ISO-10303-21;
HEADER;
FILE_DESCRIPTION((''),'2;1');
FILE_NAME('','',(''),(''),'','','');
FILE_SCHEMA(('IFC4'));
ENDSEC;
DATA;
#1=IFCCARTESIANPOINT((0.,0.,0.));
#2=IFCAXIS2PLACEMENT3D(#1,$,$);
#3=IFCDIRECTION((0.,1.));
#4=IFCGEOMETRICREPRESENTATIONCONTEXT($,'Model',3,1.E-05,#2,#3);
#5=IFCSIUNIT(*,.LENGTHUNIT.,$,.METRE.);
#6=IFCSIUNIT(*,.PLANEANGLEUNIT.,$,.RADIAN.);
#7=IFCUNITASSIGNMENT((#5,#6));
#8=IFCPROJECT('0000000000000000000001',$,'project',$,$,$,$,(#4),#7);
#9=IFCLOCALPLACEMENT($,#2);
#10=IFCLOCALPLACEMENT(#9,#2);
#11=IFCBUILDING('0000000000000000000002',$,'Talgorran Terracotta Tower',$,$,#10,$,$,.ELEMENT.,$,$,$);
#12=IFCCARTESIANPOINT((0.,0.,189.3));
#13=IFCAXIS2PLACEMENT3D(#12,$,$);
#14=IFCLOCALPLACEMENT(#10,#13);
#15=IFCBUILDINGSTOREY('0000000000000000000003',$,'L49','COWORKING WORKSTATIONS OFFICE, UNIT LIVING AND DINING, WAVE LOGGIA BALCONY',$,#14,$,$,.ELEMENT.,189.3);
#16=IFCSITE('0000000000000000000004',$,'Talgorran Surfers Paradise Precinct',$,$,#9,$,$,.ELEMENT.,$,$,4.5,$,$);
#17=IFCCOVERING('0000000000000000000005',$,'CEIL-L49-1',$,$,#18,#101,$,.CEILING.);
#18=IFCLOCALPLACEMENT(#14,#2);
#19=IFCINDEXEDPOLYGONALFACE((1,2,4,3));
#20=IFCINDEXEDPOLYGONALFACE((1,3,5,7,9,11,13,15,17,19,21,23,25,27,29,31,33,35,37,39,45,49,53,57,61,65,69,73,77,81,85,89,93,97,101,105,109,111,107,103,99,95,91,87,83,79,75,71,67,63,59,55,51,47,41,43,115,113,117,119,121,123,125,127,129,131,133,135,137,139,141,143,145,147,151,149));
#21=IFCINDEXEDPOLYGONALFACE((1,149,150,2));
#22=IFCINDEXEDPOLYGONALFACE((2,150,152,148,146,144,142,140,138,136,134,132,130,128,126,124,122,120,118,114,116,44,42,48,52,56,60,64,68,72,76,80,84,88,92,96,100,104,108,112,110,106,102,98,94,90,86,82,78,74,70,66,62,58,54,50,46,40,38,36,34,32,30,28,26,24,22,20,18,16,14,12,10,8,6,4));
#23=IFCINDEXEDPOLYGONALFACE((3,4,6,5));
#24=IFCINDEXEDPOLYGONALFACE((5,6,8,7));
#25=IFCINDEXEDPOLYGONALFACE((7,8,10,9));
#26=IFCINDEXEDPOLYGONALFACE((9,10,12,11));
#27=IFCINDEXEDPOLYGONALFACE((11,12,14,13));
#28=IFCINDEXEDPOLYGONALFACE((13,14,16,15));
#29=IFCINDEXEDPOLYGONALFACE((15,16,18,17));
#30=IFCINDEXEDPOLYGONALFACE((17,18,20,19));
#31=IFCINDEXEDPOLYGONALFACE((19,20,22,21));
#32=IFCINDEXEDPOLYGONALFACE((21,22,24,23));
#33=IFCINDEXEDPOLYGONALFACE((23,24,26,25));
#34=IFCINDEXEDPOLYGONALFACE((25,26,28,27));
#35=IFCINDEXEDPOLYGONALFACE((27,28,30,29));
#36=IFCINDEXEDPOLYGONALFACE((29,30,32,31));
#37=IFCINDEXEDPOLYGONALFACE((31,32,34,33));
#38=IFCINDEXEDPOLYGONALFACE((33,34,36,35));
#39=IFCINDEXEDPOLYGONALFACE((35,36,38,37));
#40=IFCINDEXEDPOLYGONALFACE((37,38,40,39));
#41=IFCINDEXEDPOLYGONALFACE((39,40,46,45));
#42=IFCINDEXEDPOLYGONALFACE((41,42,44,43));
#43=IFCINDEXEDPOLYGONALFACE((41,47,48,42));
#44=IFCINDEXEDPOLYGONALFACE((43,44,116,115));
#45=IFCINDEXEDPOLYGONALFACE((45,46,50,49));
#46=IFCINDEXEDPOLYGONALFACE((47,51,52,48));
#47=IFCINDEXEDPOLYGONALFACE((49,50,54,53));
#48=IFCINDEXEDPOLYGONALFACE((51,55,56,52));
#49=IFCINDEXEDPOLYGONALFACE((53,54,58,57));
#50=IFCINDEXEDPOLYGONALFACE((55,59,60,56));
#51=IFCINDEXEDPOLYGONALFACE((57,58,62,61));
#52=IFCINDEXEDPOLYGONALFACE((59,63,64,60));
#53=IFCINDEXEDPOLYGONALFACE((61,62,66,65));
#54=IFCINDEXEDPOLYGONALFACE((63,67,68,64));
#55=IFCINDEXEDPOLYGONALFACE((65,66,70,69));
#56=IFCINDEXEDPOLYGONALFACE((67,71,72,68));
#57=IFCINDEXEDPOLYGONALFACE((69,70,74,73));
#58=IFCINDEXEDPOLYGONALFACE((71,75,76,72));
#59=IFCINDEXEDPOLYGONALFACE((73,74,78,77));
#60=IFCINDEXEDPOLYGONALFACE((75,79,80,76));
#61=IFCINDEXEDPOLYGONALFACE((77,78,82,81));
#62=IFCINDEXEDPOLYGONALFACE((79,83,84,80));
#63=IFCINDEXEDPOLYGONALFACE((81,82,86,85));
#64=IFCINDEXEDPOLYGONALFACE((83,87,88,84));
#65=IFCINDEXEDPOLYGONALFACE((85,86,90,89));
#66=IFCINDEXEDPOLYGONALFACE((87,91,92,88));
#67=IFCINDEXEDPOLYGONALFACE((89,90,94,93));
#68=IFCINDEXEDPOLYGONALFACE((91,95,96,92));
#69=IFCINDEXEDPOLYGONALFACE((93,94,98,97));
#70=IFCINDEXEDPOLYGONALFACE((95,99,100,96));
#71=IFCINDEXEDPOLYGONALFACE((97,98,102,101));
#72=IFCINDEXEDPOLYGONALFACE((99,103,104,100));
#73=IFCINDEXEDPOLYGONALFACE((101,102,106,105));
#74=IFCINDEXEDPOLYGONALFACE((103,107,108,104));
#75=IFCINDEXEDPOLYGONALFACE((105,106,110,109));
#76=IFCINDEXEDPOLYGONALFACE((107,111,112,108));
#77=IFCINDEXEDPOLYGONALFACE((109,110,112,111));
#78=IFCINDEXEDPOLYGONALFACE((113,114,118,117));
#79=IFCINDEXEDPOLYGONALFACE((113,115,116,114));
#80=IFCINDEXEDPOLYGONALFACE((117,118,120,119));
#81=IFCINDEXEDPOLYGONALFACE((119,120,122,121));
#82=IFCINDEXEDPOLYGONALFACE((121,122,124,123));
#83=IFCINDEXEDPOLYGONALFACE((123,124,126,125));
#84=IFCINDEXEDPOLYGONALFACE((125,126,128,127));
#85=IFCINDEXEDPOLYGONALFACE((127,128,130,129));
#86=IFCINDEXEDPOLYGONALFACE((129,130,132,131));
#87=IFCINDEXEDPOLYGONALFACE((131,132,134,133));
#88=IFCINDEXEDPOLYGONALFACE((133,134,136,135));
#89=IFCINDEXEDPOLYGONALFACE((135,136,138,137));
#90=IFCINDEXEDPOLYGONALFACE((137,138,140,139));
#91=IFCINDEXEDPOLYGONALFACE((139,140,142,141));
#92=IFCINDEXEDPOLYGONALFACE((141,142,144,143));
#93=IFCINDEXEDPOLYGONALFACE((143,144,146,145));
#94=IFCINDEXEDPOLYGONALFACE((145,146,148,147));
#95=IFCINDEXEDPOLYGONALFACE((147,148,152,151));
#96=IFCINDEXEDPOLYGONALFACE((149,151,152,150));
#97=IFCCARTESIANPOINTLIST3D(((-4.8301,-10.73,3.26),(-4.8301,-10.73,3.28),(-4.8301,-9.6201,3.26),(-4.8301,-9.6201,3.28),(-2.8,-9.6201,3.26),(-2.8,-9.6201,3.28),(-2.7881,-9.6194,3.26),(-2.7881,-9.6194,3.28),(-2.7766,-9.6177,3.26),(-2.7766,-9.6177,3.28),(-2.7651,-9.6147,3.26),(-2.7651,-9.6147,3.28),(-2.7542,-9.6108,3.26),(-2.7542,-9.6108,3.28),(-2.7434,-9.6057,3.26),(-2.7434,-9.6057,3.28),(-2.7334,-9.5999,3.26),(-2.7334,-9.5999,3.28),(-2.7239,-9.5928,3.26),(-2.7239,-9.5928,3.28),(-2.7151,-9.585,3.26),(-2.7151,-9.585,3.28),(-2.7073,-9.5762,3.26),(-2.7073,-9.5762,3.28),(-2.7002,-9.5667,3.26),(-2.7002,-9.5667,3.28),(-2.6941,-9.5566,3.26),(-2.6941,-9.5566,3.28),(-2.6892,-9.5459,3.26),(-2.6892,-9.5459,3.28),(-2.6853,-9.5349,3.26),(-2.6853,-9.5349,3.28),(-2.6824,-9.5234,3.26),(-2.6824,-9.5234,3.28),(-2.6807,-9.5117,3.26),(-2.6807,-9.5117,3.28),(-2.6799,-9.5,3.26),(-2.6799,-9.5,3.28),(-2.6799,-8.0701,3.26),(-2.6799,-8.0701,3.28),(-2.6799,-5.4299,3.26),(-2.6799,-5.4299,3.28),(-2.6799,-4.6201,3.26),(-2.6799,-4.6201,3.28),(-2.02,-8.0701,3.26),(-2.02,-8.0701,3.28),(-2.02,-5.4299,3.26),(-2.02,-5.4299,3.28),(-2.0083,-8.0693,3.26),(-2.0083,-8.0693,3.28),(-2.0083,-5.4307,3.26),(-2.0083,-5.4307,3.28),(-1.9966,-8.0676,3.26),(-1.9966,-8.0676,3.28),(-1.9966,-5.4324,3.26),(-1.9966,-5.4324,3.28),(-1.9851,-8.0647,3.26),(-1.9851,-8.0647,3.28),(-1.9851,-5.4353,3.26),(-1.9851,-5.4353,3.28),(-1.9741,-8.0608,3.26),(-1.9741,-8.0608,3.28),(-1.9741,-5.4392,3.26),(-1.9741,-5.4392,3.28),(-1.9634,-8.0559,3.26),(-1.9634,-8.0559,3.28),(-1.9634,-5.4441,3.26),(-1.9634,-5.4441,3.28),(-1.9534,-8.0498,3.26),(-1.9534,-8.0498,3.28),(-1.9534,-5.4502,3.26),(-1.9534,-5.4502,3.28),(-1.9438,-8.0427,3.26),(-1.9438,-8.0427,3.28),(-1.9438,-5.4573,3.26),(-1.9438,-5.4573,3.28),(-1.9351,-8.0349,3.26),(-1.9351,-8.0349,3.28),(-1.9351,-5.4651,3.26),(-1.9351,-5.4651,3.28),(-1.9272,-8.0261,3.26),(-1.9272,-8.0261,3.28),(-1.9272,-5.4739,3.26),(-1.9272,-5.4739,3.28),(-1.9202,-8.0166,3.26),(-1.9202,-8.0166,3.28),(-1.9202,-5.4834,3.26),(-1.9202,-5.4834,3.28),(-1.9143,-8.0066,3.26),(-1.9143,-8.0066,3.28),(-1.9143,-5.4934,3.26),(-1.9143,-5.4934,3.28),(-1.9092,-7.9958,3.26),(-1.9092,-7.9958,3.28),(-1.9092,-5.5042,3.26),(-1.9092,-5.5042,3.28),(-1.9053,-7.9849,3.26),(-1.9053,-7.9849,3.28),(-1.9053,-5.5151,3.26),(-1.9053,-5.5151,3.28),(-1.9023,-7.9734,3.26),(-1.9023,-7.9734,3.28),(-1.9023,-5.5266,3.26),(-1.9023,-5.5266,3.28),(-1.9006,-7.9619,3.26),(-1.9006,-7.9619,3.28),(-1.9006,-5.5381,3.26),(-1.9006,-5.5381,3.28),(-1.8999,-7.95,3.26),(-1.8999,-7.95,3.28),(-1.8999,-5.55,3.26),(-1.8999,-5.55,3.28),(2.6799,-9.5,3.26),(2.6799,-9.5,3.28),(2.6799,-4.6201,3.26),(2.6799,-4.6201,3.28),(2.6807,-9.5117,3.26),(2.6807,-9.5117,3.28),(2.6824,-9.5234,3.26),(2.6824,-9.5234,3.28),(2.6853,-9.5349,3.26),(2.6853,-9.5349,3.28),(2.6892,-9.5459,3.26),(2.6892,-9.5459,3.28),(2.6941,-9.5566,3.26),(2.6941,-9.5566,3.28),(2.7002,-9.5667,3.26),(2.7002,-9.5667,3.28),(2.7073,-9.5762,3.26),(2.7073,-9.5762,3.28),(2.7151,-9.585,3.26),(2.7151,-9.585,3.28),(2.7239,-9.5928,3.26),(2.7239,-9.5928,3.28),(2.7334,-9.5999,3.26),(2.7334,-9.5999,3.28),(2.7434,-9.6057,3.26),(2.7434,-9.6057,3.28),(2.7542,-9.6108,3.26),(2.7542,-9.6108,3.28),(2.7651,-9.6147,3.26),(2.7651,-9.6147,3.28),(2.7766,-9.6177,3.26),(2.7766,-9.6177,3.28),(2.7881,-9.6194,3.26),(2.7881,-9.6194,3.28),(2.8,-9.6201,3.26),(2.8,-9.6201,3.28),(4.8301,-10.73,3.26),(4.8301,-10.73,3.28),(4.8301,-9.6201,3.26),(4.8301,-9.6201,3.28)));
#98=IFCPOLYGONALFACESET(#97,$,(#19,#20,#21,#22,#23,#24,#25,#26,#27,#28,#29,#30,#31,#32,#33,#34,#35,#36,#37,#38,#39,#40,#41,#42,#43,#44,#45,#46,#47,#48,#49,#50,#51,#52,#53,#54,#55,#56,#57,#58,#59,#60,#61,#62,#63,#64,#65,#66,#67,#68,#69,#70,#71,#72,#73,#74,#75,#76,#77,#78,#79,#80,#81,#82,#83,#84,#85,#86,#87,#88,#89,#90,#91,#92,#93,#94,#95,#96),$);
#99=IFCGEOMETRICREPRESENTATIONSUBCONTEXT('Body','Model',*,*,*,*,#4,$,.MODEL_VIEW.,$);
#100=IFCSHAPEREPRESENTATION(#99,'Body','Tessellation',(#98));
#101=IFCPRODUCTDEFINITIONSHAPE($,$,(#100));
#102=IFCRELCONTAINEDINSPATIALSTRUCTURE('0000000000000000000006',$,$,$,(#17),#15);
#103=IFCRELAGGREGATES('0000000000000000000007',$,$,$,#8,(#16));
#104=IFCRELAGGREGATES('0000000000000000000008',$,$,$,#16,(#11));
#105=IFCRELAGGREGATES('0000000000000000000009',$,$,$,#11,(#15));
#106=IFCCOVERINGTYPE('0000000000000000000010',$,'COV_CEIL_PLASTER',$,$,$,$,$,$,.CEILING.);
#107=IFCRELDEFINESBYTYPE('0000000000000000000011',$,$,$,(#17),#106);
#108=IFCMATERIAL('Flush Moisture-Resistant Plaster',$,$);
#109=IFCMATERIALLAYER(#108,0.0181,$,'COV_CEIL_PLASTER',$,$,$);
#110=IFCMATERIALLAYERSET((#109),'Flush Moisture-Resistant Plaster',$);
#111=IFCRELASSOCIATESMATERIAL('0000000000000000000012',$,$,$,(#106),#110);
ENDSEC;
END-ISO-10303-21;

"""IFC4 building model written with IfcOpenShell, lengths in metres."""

from ifc_helpers import new_model, si_unit, direction, frame, origin, place, context, subcontext, project, spatial, polyline, outline, extrude, material, layer, layer_set, type_object, element, save


model = new_model("IFC4")

# Units and contexts
model_context = context("Model", 3, precision=1e-05, world=origin(), true_north=direction((0.0, 1.0)))
body_context = subcontext(model_context, "Body", "Model", "MODEL_VIEW")
ifc_project = project(units=[si_unit("LENGTHUNIT", "METRE"), si_unit("PLANEANGLEUNIT", "RADIAN")], contexts=[model_context])

# Site, building, storey
site_placement = place(None, origin())
site = spatial("IfcSite", under=ifc_project, at=site_placement, Name="Talgorran Surfers Paradise Precinct", CompositionType="ELEMENT", RefElevation=4.5)
building_placement = place(site_placement, origin())
building = spatial("IfcBuilding", under=site, at=building_placement, Name="Talgorran Terracotta Tower", CompositionType="ELEMENT")
storey_placement = place(building_placement, frame((0.0, 0.0, 189.3)))
storey = spatial("IfcBuildingStorey", under=building, at=storey_placement, Name="L49", Description="COWORKING WORKSTATIONS OFFICE, UNIT LIVING AND DINING, WAVE LOGGIA BALCONY", CompositionType="ELEMENT", Elevation=189.3)

# Covering
ifc_material_1 = material(Name="Flush Moisture-Resistant Plaster")
ifc_layer_1 = layer(ifc_material_1, 0.0181, Name="COV_CEIL_PLASTER")
ifc_layer_set_1 = layer_set([ifc_layer_1], Name="Flush Moisture-Resistant Plaster")
covering_type_1 = type_object("IfcCoveringType", Name="COV_CEIL_PLASTER", PredefinedType="CEILING", material=ifc_layer_set_1)
covering_1_placement = place(storey_placement, frame((0.0, 0.0, 3.26)))
element("IfcCovering", 1, at=covering_1_placement, inside=storey, type_object=covering_type_1, Name="CEIL-L49-1", PredefinedType="CEILING", context=body_context, shape_type="SweptSolid", body=[
    extrude(outline(polyline([(2.6799, -4.6201), (2.6799, -9.5), (2.6807, -9.5117), (2.6824, -9.5234), (2.6853, -9.5349), (2.6892, -9.5459), (2.6941, -9.5566), (2.7002, -9.5667), (2.7073, -9.5762), (2.7151, -9.585), (2.7239, -9.5928), (2.7334, -9.5999), (2.7434, -9.6057), (2.7542, -9.6108), (2.7651, -9.6147), (2.7766, -9.6177), (2.7881, -9.6194), (2.8, -9.6201), (4.8301, -9.6201), (4.8301, -10.73), (-4.8301, -10.73), (-4.8301, -9.6201), (-2.8, -9.6201), (-2.7881, -9.6194), (-2.7766, -9.6177), (-2.7651, -9.6147), (-2.7542, -9.6108), (-2.7434, -9.6057), (-2.7334, -9.5999), (-2.7239, -9.5928), (-2.7151, -9.585), (-2.7073, -9.5762), (-2.7002, -9.5667), (-2.6941, -9.5566), (-2.6892, -9.5459), (-2.6853, -9.5349), (-2.6824, -9.5234), (-2.6807, -9.5117), (-2.6799, -9.5), (-2.6799, -8.0701), (-2.02, -8.0701), (-2.0083, -8.0693), (-1.9966, -8.0676), (-1.9851, -8.0647), (-1.9741, -8.0608), (-1.9634, -8.0559), (-1.9534, -8.0498), (-1.9438, -8.0427), (-1.9351, -8.0349), (-1.9272, -8.0261), (-1.9202, -8.0166), (-1.9143, -8.0066), (-1.9092, -7.9958), (-1.9053, -7.9849), (-1.9023, -7.9734), (-1.9006, -7.9619), (-1.8999, -7.95), (-1.8999, -5.55), (-1.9006, -5.5381), (-1.9023, -5.5266), (-1.9053, -5.5151), (-1.9092, -5.5042), (-1.9143, -5.4934), (-1.9202, -5.4834), (-1.9272, -5.4739), (-1.9351, -5.4651), (-1.9438, -5.4573), (-1.9534, -5.4502), (-1.9634, -5.4441), (-1.9741, -5.4392), (-1.9851, -5.4353), (-1.9966, -5.4324), (-2.0083, -5.4307), (-2.02, -5.4299), (-2.6799, -5.4299), (-2.6799, -4.6201), (2.6799, -4.6201)])), origin(), (0.0, 0.0, 1.0), 0.02),
])

save(model, "model.ifc")
